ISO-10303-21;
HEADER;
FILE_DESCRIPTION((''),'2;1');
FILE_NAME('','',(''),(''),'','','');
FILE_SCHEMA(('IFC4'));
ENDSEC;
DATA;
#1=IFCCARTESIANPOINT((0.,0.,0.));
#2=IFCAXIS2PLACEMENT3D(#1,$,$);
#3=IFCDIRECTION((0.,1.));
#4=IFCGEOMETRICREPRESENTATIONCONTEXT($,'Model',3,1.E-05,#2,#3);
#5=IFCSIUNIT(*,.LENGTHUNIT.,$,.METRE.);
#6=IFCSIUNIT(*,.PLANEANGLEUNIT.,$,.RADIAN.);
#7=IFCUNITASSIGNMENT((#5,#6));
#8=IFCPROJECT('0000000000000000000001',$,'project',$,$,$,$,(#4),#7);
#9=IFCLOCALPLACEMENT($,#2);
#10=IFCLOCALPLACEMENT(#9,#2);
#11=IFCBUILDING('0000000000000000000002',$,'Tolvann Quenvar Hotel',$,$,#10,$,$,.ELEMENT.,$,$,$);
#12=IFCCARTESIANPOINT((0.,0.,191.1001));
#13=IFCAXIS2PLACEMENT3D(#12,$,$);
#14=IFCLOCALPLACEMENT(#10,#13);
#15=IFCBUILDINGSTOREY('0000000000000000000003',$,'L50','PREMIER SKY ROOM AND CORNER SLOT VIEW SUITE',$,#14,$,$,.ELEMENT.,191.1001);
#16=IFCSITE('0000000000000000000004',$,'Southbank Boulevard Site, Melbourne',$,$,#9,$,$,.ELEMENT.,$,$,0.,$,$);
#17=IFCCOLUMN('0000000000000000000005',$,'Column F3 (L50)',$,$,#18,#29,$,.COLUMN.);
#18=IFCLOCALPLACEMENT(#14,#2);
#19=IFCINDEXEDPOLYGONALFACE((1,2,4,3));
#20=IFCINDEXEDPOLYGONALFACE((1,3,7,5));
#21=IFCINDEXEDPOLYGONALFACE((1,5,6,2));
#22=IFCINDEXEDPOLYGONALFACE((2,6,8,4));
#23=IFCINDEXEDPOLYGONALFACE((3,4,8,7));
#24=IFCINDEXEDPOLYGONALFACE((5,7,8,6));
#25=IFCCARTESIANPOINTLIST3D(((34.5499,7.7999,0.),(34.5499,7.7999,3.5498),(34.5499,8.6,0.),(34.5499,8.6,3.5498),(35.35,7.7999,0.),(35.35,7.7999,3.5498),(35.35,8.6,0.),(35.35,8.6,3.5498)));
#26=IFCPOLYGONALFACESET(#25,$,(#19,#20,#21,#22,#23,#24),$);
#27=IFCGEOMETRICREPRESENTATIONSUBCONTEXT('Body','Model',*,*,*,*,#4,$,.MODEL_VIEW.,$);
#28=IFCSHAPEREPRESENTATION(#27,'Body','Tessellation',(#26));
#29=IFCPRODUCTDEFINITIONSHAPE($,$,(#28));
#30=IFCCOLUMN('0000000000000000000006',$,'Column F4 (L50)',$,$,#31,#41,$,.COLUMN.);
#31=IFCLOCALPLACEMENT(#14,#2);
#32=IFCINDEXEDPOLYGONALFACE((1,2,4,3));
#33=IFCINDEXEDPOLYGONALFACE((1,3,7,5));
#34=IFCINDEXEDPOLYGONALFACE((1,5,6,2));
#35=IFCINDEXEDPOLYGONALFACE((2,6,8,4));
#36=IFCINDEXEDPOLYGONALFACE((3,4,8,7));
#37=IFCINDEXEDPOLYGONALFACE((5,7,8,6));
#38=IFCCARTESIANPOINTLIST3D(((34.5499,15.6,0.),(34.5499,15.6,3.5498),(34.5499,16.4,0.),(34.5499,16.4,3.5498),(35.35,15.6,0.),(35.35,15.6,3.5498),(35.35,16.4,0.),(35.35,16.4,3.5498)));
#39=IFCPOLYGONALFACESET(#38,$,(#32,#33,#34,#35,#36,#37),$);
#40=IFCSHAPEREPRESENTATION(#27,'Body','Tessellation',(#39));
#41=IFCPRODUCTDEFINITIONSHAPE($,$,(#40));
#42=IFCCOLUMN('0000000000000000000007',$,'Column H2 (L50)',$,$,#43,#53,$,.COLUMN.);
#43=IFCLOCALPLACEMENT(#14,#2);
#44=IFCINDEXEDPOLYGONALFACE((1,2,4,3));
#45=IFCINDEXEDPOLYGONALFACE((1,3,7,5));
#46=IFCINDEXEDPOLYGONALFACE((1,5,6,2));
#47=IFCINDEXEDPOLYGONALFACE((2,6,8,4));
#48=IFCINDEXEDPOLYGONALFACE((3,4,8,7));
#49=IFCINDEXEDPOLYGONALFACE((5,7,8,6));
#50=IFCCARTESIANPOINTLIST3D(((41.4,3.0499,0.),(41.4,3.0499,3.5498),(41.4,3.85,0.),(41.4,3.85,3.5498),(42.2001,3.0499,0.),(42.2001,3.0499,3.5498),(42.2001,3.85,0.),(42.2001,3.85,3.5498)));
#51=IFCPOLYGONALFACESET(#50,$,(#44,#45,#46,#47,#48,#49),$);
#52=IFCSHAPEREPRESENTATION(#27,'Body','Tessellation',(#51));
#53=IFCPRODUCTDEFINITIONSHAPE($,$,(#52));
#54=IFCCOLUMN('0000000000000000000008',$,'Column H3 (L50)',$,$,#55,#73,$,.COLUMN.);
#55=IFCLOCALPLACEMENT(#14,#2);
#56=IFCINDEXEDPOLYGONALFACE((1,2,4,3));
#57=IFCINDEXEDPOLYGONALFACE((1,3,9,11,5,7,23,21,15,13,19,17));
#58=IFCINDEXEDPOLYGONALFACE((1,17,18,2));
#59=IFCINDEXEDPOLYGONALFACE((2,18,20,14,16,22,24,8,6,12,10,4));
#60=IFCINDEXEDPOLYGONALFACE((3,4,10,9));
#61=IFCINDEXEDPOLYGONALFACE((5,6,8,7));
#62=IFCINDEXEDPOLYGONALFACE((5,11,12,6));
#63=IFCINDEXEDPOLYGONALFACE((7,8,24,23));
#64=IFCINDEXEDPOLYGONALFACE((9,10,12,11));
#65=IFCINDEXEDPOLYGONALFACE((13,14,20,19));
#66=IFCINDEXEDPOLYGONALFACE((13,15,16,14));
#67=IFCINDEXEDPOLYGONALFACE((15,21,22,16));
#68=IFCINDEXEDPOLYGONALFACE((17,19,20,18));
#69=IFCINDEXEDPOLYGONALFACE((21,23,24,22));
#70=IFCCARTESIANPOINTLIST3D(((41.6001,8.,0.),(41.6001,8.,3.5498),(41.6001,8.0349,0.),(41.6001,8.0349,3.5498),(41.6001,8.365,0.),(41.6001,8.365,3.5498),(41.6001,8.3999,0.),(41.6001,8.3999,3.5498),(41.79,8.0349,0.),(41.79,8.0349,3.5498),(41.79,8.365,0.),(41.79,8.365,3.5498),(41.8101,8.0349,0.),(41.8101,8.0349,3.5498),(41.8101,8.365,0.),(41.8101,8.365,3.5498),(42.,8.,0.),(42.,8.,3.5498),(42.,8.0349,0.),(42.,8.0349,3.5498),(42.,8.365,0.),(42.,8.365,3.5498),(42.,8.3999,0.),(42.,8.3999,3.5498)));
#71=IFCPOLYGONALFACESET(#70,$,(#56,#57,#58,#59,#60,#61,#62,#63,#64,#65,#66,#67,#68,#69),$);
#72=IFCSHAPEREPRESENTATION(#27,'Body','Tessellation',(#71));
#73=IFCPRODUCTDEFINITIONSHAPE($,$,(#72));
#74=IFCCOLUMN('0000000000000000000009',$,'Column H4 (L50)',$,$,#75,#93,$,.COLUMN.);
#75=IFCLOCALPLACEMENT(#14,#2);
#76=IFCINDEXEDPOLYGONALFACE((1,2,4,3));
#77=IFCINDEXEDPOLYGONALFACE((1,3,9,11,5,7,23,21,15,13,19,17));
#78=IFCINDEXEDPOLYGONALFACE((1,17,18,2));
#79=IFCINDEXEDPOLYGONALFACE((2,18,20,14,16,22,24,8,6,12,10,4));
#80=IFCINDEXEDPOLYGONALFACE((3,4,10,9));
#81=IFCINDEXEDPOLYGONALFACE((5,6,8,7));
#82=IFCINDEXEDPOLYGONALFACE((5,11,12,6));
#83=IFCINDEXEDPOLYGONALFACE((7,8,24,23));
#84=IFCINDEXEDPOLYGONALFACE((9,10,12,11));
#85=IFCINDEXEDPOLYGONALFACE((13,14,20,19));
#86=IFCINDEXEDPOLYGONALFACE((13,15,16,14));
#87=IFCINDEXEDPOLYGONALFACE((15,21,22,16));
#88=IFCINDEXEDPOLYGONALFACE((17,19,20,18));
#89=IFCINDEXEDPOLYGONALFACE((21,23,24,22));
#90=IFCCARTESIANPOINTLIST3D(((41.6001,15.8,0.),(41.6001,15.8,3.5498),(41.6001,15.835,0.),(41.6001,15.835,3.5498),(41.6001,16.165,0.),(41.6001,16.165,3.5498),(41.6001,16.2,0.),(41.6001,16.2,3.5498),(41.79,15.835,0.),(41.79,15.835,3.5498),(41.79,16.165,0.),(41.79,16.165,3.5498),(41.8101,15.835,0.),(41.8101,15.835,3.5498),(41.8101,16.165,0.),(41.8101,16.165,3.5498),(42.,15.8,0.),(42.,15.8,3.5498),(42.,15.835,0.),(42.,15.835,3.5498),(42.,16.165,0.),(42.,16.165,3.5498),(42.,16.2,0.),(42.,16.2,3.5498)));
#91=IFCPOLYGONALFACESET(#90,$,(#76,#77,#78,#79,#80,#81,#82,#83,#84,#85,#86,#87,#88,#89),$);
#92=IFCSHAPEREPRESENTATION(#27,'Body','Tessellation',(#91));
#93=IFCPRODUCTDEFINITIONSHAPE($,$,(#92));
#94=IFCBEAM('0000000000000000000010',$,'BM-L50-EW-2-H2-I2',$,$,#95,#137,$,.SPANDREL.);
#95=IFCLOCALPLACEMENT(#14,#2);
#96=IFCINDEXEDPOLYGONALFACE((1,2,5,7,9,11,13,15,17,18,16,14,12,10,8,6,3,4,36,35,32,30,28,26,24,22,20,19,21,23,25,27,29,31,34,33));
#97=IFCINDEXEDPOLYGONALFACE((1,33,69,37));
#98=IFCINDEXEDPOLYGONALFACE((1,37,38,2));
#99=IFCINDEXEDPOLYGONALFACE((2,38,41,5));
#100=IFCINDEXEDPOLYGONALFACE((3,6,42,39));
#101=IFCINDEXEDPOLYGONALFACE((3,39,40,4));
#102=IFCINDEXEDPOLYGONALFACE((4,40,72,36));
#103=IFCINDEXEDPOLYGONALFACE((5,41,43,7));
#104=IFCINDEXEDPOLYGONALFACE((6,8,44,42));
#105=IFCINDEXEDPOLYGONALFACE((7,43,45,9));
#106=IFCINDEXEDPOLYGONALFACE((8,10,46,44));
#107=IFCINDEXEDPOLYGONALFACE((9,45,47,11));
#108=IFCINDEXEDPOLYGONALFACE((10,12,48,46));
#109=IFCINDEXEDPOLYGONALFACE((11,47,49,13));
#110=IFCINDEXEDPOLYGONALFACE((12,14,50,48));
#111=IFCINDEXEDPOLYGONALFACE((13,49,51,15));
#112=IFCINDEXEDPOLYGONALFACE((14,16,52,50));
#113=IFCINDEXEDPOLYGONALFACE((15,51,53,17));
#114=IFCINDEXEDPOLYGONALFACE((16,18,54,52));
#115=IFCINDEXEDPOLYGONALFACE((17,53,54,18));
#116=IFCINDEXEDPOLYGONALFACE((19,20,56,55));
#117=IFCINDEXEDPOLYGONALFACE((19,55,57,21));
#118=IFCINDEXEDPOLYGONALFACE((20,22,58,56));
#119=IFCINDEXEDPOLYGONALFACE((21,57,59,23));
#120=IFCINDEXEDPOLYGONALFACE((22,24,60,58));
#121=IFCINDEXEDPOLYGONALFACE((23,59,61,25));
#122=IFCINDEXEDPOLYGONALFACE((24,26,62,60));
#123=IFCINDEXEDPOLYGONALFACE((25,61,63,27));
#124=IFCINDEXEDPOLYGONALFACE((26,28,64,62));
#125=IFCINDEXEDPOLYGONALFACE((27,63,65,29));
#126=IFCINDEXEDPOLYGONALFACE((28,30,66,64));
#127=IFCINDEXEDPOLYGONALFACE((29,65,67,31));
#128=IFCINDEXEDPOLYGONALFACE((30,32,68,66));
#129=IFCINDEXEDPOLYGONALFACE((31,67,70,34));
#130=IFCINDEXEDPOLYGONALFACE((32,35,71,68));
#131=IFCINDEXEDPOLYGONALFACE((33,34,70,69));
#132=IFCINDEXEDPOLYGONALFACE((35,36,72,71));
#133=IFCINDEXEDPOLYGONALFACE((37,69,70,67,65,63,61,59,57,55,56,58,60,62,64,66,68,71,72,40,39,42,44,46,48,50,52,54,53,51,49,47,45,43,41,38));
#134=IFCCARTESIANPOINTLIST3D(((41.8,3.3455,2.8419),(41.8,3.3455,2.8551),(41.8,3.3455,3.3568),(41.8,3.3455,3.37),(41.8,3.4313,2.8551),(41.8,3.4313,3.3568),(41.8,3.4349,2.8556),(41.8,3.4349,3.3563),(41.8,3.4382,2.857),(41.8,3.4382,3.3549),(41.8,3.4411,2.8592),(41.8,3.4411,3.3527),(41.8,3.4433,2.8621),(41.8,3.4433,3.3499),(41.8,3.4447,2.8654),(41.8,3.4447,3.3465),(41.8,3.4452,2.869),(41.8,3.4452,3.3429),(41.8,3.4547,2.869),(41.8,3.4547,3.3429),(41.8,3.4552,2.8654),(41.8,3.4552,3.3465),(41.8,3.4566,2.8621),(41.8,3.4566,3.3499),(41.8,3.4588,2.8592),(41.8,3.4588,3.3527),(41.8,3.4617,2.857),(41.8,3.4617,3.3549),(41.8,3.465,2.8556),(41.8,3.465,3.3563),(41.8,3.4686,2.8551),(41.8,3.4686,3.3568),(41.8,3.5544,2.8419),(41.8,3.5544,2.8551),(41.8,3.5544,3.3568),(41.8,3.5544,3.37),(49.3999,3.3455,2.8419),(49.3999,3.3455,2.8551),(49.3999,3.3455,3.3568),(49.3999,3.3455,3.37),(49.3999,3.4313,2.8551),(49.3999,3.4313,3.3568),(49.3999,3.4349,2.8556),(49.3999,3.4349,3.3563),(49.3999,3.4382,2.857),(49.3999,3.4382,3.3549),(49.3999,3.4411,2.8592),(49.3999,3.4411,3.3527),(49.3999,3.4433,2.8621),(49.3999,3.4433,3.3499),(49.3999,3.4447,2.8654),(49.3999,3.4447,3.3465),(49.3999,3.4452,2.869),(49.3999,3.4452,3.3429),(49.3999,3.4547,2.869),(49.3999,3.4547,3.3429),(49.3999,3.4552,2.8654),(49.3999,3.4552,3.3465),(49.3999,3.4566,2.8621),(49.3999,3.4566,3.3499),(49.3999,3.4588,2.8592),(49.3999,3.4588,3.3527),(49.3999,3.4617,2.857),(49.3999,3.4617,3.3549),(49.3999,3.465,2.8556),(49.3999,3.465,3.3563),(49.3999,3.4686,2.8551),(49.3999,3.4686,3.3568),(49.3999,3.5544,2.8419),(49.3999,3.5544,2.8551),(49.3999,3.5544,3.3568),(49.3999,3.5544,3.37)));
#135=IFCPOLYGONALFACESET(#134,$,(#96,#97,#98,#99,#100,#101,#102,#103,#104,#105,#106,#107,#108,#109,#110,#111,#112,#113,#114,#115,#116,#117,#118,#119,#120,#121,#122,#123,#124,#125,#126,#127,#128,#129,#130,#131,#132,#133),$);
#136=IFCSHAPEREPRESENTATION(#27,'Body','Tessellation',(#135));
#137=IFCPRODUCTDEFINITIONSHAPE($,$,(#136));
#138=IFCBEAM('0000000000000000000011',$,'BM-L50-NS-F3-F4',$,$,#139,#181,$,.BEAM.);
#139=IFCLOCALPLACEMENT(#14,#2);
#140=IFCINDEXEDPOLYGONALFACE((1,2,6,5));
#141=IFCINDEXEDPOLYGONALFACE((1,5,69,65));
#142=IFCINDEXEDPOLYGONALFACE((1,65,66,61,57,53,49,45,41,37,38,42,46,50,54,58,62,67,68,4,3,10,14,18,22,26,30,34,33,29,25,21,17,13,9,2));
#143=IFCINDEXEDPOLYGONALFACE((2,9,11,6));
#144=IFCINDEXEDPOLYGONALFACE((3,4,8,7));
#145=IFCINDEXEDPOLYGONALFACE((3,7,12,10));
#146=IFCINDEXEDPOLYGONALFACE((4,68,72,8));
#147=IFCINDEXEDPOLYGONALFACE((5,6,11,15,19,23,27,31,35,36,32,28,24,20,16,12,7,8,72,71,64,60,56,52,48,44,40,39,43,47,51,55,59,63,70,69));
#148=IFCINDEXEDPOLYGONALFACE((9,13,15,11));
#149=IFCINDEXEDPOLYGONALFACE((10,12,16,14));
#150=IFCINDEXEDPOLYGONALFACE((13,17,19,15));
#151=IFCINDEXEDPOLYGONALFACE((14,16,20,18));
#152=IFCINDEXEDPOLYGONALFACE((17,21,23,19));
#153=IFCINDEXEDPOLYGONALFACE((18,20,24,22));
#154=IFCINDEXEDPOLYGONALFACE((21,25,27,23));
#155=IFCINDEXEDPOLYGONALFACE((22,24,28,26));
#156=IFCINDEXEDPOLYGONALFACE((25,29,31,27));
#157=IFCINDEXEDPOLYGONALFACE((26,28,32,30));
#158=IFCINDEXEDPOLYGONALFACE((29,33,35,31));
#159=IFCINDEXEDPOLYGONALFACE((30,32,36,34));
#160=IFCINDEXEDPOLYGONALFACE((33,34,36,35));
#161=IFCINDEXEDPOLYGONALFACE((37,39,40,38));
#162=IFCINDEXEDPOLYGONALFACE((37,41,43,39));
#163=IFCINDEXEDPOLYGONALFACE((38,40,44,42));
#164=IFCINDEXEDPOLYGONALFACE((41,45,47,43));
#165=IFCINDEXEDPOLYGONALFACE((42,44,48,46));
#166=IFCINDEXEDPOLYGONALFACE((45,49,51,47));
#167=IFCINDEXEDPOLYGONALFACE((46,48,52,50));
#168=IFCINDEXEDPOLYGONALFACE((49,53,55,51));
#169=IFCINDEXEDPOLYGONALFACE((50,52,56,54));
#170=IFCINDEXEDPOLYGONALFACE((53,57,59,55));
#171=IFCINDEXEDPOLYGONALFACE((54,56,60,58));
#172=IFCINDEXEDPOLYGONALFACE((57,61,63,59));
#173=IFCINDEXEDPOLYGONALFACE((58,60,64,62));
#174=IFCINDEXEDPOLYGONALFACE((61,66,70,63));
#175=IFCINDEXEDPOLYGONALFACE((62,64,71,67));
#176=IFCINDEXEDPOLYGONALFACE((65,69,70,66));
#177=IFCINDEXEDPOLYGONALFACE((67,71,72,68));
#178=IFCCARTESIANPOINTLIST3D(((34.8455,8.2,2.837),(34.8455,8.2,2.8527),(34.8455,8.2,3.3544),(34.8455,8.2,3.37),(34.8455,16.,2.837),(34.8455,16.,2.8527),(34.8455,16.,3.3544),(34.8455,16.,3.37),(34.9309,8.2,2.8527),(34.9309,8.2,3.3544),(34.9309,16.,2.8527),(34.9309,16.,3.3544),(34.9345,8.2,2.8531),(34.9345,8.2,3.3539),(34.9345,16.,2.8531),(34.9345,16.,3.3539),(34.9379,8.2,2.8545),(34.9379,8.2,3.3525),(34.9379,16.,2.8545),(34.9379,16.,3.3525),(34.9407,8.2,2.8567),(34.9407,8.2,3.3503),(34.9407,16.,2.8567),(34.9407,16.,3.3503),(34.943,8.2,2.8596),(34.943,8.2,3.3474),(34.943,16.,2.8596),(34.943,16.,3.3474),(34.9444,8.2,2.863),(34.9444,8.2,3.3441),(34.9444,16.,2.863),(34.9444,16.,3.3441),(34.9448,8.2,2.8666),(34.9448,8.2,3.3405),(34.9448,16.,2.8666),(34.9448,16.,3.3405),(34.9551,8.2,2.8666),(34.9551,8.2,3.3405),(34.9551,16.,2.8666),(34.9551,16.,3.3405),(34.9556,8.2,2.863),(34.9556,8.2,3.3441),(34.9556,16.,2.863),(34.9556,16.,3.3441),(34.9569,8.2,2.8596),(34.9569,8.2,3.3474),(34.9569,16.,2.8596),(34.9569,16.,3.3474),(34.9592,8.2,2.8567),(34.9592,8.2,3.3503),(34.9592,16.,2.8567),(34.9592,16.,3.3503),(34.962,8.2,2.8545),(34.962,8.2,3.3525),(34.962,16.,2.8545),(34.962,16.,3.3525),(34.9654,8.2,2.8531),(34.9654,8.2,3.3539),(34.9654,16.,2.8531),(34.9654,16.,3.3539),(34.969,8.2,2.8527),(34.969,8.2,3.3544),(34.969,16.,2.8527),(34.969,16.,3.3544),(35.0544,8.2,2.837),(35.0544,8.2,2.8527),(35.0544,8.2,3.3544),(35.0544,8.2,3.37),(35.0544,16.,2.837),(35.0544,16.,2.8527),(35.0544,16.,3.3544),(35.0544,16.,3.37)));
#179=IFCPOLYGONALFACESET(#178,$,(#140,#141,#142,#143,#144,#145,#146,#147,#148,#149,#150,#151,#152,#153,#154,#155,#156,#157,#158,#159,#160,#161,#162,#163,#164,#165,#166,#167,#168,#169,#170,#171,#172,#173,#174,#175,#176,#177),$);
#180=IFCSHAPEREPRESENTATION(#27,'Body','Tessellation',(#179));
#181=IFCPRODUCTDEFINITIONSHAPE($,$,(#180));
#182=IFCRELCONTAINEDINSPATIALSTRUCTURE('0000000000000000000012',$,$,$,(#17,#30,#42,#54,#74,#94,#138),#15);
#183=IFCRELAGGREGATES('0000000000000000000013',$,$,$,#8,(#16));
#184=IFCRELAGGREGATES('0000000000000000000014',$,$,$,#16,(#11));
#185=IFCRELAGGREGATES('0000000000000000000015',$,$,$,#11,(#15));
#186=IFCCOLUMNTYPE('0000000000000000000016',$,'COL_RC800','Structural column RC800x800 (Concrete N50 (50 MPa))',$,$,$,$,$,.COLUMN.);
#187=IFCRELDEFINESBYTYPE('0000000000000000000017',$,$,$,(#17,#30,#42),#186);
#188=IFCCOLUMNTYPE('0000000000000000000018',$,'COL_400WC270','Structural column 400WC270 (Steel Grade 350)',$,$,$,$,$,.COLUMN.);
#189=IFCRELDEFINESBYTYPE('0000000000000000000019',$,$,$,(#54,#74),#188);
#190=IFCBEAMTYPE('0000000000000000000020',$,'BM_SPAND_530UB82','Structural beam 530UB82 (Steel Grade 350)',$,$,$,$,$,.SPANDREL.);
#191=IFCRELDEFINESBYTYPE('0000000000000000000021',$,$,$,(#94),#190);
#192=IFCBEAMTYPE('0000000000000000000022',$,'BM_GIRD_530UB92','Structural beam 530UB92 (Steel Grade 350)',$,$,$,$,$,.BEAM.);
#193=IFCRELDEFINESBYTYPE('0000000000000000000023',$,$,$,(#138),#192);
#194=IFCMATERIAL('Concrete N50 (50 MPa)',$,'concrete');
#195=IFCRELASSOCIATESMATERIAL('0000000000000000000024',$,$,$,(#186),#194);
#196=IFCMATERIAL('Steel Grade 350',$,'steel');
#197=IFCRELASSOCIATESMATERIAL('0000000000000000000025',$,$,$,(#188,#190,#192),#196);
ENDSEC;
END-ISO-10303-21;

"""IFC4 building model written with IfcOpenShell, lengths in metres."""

from ifc_helpers import new_model, si_unit, direction, frame, origin, origin_2d, place, context, subcontext, project, spatial, rectangle, i_section, extrude, source, transform, mapped, material, material_profile, profile_set, type_object, type_shapes, element, save


model = new_model("IFC4")

# Units and contexts
model_context = context("Model", 3, precision=1e-05, world=origin(), true_north=direction((0.0, 1.0)))
body_context = subcontext(model_context, "Body", "Model", "MODEL_VIEW")
ifc_project = project(units=[si_unit("LENGTHUNIT", "METRE"), si_unit("PLANEANGLEUNIT", "RADIAN")], contexts=[model_context])

# Site, building, storey
site_placement = place(None, origin())
site = spatial("IfcSite", under=ifc_project, at=site_placement, Name="Southbank Boulevard Site, Melbourne", CompositionType="ELEMENT", RefElevation=0.0)
building_placement = place(site_placement, origin())
building = spatial("IfcBuilding", under=site, at=building_placement, Name="Tolvann Quenvar Hotel", CompositionType="ELEMENT")
storey_placement = place(building_placement, frame((0.0, 0.0, 191.1001)))
storey = spatial("IfcBuildingStorey", under=building, at=storey_placement, Name="L50", Description="PREMIER SKY ROOM AND CORNER SLOT VIEW SUITE", CompositionType="ELEMENT", Elevation=191.1001)

# Columns
ifc_material_1 = material(Name="Concrete N50 (50 MPa)", Category="concrete")
ifc_material_profile_1 = material_profile(ifc_material_1, rectangle(XDim=0.8, YDim=0.8, at=origin_2d()), Name="RC800x800")
ifc_profile_set_1 = profile_set([ifc_material_profile_1], Name="Concrete N50 (50 MPa)")
column_type_1 = type_object("IfcColumnType", Name="COL_RC800", Description="Structural column RC800x800 (Concrete N50 (50 MPa))", PredefinedType="COLUMN", material=ifc_profile_set_1)
shared_shape_1 = source(origin(), body_context, "Body", "SweptSolid", [
    extrude(rectangle(XDim=0.8, YDim=0.8, at=origin_2d()), origin(), (0.0, 0.0, 1.0), 3.5498),
])
type_shapes(column_type_1, [shared_shape_1])
for number, where, z_axis, x_axis, name in (
    (1, (34.95, 8.2, 0.0), (0.0, 0.0, 1.0), (1.0, 0.0, 0.0), "Column F3 (L50)"),
    (2, (34.95, 16.0, 0.0), (0.0, 0.0, 1.0), (1.0, 0.0, 0.0), "Column F4 (L50)"),
    (3, (41.8, 3.45, 0.0), (0.0, 0.0, 1.0), (1.0, 0.0, 0.0), "Column H2 (L50)"),
):
    element("IfcColumn", number, at=place(storey_placement, frame(where, z_axis=z_axis, x_axis=x_axis)), inside=storey, type_object=column_type_1, Name=name, PredefinedType="COLUMN", context=body_context, shape_type="MappedRepresentation", body=[
        mapped(shared_shape_1, transform((0.0, 0.0, 0.0), x_axis=(1.0, 0.0, 0.0), y_axis=(0.0, 1.0, 0.0), z_axis=(0.0, 0.0, 1.0), scale=1.0)),
    ])
ifc_material_2 = material(Name="Steel Grade 350", Category="steel")
ifc_material_profile_2 = material_profile(ifc_material_2, i_section(OverallWidth=0.3999, OverallDepth=0.3999, WebThickness=0.02, FlangeThickness=0.0349, at=origin_2d()), Name="400WC270")
ifc_profile_set_2 = profile_set([ifc_material_profile_2], Name="Steel Grade 350")
column_type_2 = type_object("IfcColumnType", Name="COL_400WC270", Description="Structural column 400WC270 (Steel Grade 350)", PredefinedType="COLUMN", material=ifc_profile_set_2)
shared_shape_2 = source(origin(), body_context, "Body", "SweptSolid", [
    extrude(i_section(OverallWidth=0.3999, OverallDepth=0.3999, WebThickness=0.02, FlangeThickness=0.0349, at=origin_2d()), origin(), (0.0, 0.0, 1.0), 3.5498),
])
type_shapes(column_type_2, [shared_shape_2])
for number, where, z_axis, x_axis, name in (
    (4, (41.8, 8.2, 0.0), (0.0, 0.0, 1.0), (1.0, 0.0, 0.0), "Column H3 (L50)"),
    (5, (41.8, 16.0, 0.0), (0.0, 0.0, 1.0), (1.0, 0.0, 0.0), "Column H4 (L50)"),
):
    element("IfcColumn", number, at=place(storey_placement, frame(where, z_axis=z_axis, x_axis=x_axis)), inside=storey, type_object=column_type_2, Name=name, PredefinedType="COLUMN", context=body_context, shape_type="MappedRepresentation", body=[
        mapped(shared_shape_2, transform((0.0, 0.0, 0.0), x_axis=(1.0, 0.0, 0.0), y_axis=(0.0, 1.0, 0.0), z_axis=(0.0, 0.0, 1.0), scale=1.0)),
    ])

# Beams
ifc_material_profile_3 = material_profile(ifc_material_2, i_section(OverallWidth=0.209, OverallDepth=0.5281, WebThickness=0.0095, FlangeThickness=0.0132, FilletRadius=0.0139, at=origin_2d()), Name="530UB82")
ifc_profile_set_3 = profile_set([ifc_material_profile_3], Name="Steel Grade 350")
beam_type_1 = type_object("IfcBeamType", Name="BM_SPAND_530UB82", Description="Structural beam 530UB82 (Steel Grade 350)", PredefinedType="SPANDREL", material=ifc_profile_set_3)
shared_shape_3 = source(origin(), body_context, "Body", "SweptSolid", [
    extrude(i_section(OverallWidth=0.209, OverallDepth=0.5281, WebThickness=0.0095, FlangeThickness=0.0132, FilletRadius=0.0139, at=origin_2d()), origin(), (0.0, 0.0, 1.0), 7.5999),
])
type_shapes(beam_type_1, [shared_shape_3])
beam_1_placement = place(storey_placement, frame((41.8, 3.45, 3.106), z_axis=(1.0, 0.0, 0.0), x_axis=(0.0, 1.0, 0.0)))
element("IfcBeam", 6, at=beam_1_placement, inside=storey, type_object=beam_type_1, Name="BM-L50-EW-2-H2-I2", PredefinedType="SPANDREL", context=body_context, shape_type="MappedRepresentation", body=[
    mapped(shared_shape_3, transform((0.0, 0.0, 0.0), x_axis=(1.0, 0.0, 0.0), y_axis=(0.0, 1.0, 0.0), z_axis=(0.0, 0.0, 1.0), scale=1.0)),
])
ifc_material_profile_4 = material_profile(ifc_material_2, i_section(OverallWidth=0.209, OverallDepth=0.533, WebThickness=0.0103, FlangeThickness=0.0156, FilletRadius=0.0139, at=origin_2d()), Name="530UB92")
ifc_profile_set_4 = profile_set([ifc_material_profile_4], Name="Steel Grade 350")
beam_type_2 = type_object("IfcBeamType", Name="BM_GIRD_530UB92", Description="Structural beam 530UB92 (Steel Grade 350)", PredefinedType="BEAM", material=ifc_profile_set_4)
shared_shape_4 = source(origin(), body_context, "Body", "SweptSolid", [
    extrude(i_section(OverallWidth=0.209, OverallDepth=0.533, WebThickness=0.0103, FlangeThickness=0.0156, FilletRadius=0.0139, at=origin_2d()), origin(), (0.0, 0.0, 1.0), 7.8),
])
for number, where, z_axis, x_axis, name in (
    (7, (34.95, 8.2, 3.1035), (0.0, 1.0, 0.0), (-1.0, 0.0, 0.0), "BM-L50-NS-F3-F4"),
):
    element("IfcBeam", number, at=place(storey_placement, frame(where, z_axis=z_axis, x_axis=x_axis)), inside=storey, type_object=beam_type_2, Name=name, PredefinedType="BEAM", context=body_context, shape_type="MappedRepresentation", body=[
        mapped(shared_shape_4, transform((0.0, 0.0, 0.0), x_axis=(1.0, 0.0, 0.0), y_axis=(0.0, 1.0, 0.0), z_axis=(0.0, 0.0, 1.0), scale=1.0)),
    ])

save(model, "model.ifc")
